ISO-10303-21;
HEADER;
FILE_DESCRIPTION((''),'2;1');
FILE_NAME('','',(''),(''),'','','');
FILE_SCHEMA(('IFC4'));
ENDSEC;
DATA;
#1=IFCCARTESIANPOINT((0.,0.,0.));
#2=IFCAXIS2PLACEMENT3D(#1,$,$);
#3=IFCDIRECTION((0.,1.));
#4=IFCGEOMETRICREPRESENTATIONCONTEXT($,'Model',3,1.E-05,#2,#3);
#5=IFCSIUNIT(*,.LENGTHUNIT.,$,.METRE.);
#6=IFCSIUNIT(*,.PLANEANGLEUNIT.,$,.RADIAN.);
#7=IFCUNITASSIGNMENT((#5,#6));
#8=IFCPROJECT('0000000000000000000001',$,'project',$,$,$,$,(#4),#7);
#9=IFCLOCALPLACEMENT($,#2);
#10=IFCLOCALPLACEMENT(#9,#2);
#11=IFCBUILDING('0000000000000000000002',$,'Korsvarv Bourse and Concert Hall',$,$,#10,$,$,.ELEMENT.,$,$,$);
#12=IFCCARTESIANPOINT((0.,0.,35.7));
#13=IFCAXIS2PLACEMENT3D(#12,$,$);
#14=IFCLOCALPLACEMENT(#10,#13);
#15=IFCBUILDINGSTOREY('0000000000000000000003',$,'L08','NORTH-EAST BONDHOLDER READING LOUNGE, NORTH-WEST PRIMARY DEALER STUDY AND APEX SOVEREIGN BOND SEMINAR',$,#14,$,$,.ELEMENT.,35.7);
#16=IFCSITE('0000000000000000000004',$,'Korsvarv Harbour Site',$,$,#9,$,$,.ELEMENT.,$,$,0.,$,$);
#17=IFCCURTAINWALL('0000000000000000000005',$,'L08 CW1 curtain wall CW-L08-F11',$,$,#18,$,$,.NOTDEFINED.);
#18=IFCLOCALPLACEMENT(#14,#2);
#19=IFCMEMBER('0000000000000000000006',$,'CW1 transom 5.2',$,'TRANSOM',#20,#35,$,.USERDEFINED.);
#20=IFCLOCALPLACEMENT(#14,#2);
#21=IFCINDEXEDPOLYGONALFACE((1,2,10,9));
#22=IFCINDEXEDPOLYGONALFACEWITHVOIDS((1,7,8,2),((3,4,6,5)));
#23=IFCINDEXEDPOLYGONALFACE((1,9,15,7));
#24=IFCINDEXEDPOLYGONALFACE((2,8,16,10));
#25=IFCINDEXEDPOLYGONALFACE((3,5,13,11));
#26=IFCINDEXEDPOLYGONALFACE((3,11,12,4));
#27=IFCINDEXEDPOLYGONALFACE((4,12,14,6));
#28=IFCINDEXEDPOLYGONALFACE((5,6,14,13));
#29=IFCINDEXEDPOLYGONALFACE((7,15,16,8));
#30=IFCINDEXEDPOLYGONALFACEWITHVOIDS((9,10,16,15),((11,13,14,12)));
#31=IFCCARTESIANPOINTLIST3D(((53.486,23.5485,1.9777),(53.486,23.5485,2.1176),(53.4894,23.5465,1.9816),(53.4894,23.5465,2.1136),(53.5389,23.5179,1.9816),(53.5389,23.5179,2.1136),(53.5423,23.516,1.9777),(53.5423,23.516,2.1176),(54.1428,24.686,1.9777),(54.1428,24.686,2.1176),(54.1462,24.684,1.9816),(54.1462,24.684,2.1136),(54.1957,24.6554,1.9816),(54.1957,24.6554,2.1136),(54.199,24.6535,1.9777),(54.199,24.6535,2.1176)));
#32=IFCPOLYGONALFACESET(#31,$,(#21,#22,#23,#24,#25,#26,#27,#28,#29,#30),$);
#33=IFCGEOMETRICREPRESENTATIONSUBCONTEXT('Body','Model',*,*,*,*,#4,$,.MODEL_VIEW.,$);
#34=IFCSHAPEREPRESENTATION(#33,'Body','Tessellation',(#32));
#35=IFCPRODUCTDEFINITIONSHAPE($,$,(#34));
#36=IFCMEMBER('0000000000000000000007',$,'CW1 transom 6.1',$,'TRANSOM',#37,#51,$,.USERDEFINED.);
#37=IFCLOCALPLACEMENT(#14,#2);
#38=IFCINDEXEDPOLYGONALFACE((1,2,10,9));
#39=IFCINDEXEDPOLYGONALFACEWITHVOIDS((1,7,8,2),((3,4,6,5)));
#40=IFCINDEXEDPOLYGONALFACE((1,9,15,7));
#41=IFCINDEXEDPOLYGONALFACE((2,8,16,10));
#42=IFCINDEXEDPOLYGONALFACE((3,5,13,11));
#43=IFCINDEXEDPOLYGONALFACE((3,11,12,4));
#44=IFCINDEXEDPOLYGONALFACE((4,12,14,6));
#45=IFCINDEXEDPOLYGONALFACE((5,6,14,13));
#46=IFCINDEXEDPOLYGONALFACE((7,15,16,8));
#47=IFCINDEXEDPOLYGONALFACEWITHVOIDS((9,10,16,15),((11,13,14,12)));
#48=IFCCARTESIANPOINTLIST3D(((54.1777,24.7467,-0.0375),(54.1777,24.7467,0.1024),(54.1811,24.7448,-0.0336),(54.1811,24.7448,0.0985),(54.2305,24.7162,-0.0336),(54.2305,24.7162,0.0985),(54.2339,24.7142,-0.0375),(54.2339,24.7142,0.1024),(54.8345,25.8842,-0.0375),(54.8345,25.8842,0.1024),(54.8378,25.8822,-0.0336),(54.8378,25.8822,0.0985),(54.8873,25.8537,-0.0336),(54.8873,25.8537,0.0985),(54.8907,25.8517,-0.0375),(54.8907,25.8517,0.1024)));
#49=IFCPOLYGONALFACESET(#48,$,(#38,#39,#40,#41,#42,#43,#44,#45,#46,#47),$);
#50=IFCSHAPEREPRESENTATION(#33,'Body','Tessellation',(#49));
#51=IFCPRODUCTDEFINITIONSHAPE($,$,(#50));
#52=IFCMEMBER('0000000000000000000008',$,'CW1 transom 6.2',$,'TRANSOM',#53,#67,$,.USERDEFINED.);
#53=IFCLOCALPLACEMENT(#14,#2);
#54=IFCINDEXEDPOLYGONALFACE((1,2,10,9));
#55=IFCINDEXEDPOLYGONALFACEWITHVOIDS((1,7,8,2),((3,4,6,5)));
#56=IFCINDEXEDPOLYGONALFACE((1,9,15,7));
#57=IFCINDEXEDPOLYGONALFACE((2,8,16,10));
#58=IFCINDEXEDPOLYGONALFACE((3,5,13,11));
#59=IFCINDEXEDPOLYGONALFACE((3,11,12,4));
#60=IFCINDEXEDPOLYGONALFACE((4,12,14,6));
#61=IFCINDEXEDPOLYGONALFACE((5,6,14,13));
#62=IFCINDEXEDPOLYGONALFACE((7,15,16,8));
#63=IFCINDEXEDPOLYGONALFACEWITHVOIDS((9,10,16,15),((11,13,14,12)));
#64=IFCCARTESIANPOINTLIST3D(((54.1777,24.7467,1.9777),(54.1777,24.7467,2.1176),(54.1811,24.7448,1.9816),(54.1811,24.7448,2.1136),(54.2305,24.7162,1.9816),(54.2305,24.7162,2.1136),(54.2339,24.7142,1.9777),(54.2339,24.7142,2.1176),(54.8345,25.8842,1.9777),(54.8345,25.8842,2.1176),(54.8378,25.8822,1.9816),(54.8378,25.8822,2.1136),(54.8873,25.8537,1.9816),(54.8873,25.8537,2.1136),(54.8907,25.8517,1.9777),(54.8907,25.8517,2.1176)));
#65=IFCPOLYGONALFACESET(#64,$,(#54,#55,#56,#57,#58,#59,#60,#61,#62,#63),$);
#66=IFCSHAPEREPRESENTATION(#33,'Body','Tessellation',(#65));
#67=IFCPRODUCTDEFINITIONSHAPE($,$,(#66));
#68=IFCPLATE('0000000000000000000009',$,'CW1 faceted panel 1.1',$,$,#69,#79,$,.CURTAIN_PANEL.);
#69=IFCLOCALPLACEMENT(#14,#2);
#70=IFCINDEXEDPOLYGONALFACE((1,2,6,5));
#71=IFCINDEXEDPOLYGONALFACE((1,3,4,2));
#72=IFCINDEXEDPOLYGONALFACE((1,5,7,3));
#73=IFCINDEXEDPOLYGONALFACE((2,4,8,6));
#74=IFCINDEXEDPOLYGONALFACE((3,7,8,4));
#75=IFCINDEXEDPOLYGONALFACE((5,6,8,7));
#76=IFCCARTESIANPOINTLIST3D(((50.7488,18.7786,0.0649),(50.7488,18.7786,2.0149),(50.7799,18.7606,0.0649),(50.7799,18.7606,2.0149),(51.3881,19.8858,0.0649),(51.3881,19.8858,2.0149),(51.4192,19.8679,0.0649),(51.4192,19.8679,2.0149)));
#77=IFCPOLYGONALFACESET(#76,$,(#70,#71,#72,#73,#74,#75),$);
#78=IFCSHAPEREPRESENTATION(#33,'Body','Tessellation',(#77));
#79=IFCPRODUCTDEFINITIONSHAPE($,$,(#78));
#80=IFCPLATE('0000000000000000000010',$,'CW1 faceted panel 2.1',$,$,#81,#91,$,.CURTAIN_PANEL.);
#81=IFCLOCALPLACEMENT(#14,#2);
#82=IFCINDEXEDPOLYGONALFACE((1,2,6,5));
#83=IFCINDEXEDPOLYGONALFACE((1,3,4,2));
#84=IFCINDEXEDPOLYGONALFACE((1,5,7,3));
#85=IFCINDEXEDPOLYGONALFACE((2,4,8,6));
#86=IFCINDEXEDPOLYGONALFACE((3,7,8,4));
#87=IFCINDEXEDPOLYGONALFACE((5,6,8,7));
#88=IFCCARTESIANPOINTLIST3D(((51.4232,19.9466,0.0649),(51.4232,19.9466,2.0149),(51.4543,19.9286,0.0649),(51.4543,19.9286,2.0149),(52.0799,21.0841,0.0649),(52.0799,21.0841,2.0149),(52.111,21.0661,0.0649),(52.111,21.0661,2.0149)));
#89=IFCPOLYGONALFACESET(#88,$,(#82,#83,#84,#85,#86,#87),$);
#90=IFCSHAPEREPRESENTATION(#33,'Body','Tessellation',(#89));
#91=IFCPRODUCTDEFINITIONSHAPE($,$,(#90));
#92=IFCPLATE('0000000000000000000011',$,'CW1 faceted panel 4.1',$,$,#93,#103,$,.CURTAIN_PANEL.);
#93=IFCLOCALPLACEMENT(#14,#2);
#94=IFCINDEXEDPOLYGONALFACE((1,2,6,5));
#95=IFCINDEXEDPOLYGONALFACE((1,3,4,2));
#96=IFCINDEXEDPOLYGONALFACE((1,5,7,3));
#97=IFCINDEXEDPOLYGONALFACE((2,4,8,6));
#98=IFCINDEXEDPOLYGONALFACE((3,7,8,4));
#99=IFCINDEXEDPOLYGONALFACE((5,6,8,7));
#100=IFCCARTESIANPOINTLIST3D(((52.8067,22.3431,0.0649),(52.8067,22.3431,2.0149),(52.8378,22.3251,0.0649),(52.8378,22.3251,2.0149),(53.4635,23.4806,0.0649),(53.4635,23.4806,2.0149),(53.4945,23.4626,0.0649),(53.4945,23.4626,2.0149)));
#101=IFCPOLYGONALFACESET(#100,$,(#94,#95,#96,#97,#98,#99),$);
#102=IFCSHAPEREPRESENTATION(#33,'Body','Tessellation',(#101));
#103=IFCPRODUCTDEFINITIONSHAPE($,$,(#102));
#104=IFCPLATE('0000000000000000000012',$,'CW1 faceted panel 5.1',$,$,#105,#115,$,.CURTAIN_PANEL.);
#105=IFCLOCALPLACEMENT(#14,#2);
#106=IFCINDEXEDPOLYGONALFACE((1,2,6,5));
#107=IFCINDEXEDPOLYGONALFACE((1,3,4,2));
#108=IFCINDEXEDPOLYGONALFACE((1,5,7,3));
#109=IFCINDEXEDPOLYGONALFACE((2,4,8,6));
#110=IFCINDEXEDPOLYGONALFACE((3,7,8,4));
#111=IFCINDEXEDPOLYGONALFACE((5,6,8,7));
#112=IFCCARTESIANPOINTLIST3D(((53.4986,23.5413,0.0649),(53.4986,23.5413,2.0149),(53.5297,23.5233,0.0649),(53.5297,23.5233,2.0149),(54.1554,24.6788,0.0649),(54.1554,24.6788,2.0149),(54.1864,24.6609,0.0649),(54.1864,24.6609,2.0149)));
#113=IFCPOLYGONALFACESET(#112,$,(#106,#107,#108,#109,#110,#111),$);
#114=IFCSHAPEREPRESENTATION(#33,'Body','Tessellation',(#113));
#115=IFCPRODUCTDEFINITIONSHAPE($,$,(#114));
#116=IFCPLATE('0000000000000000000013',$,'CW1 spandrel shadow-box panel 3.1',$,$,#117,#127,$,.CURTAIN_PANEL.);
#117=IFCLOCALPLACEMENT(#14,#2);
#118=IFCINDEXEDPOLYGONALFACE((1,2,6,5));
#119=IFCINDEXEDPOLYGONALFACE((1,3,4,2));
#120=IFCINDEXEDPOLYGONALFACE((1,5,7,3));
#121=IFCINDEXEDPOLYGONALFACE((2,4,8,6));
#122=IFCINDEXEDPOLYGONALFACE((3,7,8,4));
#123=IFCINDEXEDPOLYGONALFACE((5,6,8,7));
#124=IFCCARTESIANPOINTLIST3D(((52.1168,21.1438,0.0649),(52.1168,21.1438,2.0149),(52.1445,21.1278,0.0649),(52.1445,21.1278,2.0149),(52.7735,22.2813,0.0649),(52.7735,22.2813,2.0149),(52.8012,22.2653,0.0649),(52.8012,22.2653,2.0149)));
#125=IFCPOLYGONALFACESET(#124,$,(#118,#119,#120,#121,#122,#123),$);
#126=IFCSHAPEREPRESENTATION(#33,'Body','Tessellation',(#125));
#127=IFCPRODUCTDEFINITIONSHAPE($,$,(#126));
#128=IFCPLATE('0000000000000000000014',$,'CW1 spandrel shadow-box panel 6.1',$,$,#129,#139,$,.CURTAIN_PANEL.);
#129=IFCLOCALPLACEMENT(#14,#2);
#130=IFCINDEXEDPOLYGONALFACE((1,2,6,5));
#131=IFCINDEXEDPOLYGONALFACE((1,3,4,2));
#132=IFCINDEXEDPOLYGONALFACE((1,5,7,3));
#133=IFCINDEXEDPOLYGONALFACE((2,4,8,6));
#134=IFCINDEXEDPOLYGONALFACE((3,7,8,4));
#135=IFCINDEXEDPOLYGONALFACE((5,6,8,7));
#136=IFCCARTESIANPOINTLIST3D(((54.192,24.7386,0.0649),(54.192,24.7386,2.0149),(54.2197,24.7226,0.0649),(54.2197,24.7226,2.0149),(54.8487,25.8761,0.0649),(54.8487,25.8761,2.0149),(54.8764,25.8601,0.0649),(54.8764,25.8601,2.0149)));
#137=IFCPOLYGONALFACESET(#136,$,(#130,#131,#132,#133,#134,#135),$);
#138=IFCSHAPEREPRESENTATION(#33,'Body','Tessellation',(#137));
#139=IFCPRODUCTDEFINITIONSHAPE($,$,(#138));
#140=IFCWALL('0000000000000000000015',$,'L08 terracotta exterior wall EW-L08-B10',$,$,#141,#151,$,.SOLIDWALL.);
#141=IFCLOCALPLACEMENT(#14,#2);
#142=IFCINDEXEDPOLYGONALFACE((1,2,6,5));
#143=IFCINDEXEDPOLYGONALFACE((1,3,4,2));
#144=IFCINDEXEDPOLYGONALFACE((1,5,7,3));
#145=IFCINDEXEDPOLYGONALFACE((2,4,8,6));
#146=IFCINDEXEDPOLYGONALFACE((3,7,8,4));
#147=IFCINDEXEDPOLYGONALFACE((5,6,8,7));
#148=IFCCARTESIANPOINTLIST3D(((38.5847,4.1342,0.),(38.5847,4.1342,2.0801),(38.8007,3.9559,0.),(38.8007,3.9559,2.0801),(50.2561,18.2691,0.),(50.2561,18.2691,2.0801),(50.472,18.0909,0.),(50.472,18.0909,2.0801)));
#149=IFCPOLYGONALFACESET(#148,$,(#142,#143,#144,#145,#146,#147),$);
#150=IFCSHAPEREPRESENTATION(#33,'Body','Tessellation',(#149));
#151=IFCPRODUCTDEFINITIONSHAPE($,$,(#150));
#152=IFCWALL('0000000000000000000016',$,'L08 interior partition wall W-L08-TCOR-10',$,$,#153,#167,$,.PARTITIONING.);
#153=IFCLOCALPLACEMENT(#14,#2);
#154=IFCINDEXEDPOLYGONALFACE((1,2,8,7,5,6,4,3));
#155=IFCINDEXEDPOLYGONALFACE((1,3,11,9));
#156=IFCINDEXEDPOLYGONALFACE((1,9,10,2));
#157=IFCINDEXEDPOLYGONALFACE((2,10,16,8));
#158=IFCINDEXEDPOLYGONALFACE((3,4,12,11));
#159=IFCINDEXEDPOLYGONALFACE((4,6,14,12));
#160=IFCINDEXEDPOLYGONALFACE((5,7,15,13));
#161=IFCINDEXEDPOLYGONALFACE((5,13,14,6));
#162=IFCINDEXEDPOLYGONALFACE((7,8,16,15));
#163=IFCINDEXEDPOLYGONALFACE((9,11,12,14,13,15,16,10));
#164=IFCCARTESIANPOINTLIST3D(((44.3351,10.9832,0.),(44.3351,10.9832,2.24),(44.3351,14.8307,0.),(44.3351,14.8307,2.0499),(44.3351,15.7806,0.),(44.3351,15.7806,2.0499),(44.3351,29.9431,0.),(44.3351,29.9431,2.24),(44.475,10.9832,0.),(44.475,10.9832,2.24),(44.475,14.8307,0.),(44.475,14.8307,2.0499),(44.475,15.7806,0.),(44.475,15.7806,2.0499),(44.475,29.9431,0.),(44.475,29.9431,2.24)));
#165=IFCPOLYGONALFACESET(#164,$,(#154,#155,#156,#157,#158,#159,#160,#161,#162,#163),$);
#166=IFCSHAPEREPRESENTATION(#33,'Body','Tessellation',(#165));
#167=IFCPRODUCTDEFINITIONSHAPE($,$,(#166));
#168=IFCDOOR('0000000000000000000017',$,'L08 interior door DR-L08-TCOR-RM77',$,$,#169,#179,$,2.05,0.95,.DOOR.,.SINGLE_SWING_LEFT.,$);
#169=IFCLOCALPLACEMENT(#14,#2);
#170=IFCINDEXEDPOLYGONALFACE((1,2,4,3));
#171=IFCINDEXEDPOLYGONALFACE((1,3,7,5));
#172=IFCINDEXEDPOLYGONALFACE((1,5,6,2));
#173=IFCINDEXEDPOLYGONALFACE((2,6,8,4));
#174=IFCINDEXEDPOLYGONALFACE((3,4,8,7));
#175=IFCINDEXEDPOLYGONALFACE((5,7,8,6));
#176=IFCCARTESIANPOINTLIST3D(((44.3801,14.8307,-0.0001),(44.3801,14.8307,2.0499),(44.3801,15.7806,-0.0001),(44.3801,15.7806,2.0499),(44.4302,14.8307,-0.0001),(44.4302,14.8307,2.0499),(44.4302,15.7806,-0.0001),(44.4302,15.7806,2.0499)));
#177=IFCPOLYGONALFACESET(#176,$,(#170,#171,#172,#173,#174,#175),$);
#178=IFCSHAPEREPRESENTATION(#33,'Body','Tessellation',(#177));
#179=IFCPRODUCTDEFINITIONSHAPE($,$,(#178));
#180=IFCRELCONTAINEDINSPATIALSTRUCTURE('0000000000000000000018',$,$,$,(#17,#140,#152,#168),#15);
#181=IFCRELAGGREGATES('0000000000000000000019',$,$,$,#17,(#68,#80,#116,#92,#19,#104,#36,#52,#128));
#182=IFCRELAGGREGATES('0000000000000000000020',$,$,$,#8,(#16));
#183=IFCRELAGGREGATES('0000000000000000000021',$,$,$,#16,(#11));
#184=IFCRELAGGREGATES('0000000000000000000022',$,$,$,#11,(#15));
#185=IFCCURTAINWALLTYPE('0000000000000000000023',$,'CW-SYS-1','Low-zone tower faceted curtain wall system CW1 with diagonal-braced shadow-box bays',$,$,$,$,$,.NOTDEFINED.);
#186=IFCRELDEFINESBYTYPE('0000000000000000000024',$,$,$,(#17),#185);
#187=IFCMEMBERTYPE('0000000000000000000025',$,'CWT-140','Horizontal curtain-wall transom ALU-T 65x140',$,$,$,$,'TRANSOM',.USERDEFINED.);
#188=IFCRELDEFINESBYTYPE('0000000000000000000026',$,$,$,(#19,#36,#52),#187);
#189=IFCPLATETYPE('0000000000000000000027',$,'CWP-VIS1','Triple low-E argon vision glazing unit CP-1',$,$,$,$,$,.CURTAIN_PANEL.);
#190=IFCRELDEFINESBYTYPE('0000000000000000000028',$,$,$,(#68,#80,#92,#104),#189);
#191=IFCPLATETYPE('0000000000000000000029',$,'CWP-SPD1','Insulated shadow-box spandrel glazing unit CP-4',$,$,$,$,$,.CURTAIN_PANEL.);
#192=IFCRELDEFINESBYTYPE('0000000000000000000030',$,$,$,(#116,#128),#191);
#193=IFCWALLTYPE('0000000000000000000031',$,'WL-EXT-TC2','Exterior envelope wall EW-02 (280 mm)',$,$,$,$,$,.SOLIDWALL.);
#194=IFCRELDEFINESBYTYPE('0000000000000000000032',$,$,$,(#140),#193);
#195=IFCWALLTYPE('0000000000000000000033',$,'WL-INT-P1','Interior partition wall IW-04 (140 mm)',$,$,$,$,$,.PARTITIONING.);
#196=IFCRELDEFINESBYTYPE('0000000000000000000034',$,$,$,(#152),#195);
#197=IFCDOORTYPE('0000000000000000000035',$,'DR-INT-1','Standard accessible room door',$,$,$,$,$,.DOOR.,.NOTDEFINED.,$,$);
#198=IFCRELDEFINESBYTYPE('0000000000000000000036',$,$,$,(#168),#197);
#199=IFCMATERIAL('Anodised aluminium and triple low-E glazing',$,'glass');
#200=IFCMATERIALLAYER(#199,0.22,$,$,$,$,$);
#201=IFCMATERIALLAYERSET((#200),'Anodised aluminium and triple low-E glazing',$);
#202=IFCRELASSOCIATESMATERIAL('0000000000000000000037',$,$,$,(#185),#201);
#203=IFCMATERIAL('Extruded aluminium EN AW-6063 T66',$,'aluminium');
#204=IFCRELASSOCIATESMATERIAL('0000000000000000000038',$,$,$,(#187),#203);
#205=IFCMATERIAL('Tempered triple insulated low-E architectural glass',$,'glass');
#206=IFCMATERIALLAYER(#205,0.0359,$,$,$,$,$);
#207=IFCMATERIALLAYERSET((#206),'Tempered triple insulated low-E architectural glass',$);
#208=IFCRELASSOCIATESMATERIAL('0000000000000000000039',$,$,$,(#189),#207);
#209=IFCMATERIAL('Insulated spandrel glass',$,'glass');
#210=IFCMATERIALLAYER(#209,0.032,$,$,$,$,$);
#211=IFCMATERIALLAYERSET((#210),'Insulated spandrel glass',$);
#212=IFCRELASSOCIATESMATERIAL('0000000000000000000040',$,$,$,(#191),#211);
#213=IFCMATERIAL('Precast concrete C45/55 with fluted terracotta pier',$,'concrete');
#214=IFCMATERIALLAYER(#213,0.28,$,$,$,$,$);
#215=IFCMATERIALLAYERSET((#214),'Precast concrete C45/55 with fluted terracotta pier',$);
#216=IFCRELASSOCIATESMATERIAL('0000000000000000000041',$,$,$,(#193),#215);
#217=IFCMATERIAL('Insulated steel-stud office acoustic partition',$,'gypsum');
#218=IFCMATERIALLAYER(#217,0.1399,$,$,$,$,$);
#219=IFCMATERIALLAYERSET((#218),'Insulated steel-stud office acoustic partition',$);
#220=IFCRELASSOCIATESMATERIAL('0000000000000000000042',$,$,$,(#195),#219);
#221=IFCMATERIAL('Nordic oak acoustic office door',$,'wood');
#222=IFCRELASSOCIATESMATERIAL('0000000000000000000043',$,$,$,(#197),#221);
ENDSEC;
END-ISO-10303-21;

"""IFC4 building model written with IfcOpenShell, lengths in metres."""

from ifc_helpers import new_model, si_unit, direction, frame, frame_2d, origin, origin_2d, place, context, subcontext, project, spatial, rectangle, hollow_rectangle, extrude, source, transform, mapped, material, layer, layer_set, material_profile, profile_set, type_object, element, fill, aggregate, save


model = new_model("IFC4")

# Units and contexts
model_context = context("Model", 3, precision=1e-05, world=origin(), true_north=direction((0.0, 1.0)))
body_context = subcontext(model_context, "Body", "Model", "MODEL_VIEW")
ifc_project = project(units=[si_unit("LENGTHUNIT", "METRE"), si_unit("PLANEANGLEUNIT", "RADIAN")], contexts=[model_context])

# Site, building, storey
site_placement = place(None, origin())
site = spatial("IfcSite", under=ifc_project, at=site_placement, Name="Korsvarv Harbour Site", CompositionType="ELEMENT", RefElevation=0.0)
building_placement = place(site_placement, origin())
building = spatial("IfcBuilding", under=site, at=building_placement, Name="Korsvarv Bourse and Concert Hall", CompositionType="ELEMENT")
storey_placement = place(building_placement, frame((0.0, 0.0, 35.7)))
storey = spatial("IfcBuildingStorey", under=building, at=storey_placement, Name="L08", Description="NORTH-EAST BONDHOLDER READING LOUNGE, NORTH-WEST PRIMARY DEALER STUDY AND APEX SOVEREIGN BOND SEMINAR", CompositionType="ELEMENT", Elevation=35.7)

# Curtain wall, members, plates
ifc_material_1 = material(Name="Anodised aluminium and triple low-E glazing", Category="glass")
ifc_layer_1 = layer(ifc_material_1, 0.22)
ifc_layer_set_1 = layer_set([ifc_layer_1], Name="Anodised aluminium and triple low-E glazing")
curtain_wall_type = type_object("IfcCurtainWallType", Name="CW-SYS-1", Description="Low-zone tower faceted curtain wall system CW1 with diagonal-braced shadow-box bays", PredefinedType="NOTDEFINED", material=ifc_layer_set_1)
curtain_wall_placement = place(storey_placement, origin())
curtain_wall = element("IfcCurtainWall", 1, at=curtain_wall_placement, inside=storey, type_object=curtain_wall_type, Name="L08 CW1 curtain wall CW-L08-F11", PredefinedType="NOTDEFINED")
ifc_material_2 = material(Name="Extruded aluminium EN AW-6063 T66", Category="aluminium")
ifc_material_profile_1 = material_profile(ifc_material_2, hollow_rectangle(XDim=0.0649, YDim=0.1399, WallThickness=0.0039, at=origin_2d()), Name="ALU-T 65x140")
ifc_profile_set_1 = profile_set([ifc_material_profile_1], Name="Extruded aluminium EN AW-6063 T66")
member_type_1 = type_object("IfcMemberType", Name="CWT-140", Description="Horizontal curtain-wall transom ALU-T 65x140", ElementType="TRANSOM", PredefinedType="USERDEFINED", material=ifc_profile_set_1)
shared_shape_1 = source(origin(), body_context, "Body", "SweptSolid", [
    extrude(hollow_rectangle(XDim=0.0649, YDim=0.1399, WallThickness=0.0039, at=origin_2d()), origin(), (0.0, 0.0, 1.0), 1.3135),
])
member_1_placement = place(storey_placement, frame((53.5142, 23.5322, 2.0476), z_axis=(0.500017, 0.866015, 0.0), x_axis=(-0.866015, 0.500017, 0.0)))
member_1 = element("IfcMember", 2, at=member_1_placement, type_object=member_type_1, Name="CW1 transom 5.2", ObjectType="TRANSOM", PredefinedType="USERDEFINED", context=body_context, shape_type="MappedRepresentation", body=[
    mapped(shared_shape_1, transform((0.0, 0.0, 0.0), scale=1.0)),
])
member_2_placement = place(storey_placement, frame((54.2058, 24.7305, 0.0325), z_axis=(0.500017, 0.866015, 0.0), x_axis=(-0.866015, 0.500017, 0.0)))
member_2 = element("IfcMember", 3, at=member_2_placement, type_object=member_type_1, Name="CW1 transom 6.1", ObjectType="TRANSOM", PredefinedType="USERDEFINED", context=body_context, shape_type="MappedRepresentation", body=[
    mapped(shared_shape_1, transform((0.0, 0.0, 0.0), scale=1.0)),
])
member_3_placement = place(storey_placement, frame((54.2058, 24.7305, 2.0476), z_axis=(0.500017, 0.866015, 0.0), x_axis=(-0.866015, 0.500017, 0.0)))
member_3 = element("IfcMember", 4, at=member_3_placement, type_object=member_type_1, Name="CW1 transom 6.2", ObjectType="TRANSOM", PredefinedType="USERDEFINED", context=body_context, shape_type="MappedRepresentation", body=[
    mapped(shared_shape_1, transform((0.0, 0.0, 0.0), scale=1.0)),
])
ifc_material_3 = material(Name="Tempered triple insulated low-E architectural glass", Category="glass")
ifc_layer_2 = layer(ifc_material_3, 0.0359)
ifc_layer_set_2 = layer_set([ifc_layer_2], Name="Tempered triple insulated low-E architectural glass")
plate_type_1 = type_object("IfcPlateType", Name="CWP-VIS1", Description="Triple low-E argon vision glazing unit CP-1", PredefinedType="CURTAIN_PANEL", material=ifc_layer_set_2)
shared_shape_2 = source(origin(), body_context, "Body", "SweptSolid", [
    extrude(rectangle(XDim=1.2786, YDim=0.0359, at=origin_2d()), origin(), (0.0, 0.0, 1.0), 1.95),
])
plate_1_placement = place(storey_placement, frame((51.084, 19.3232, 0.0649), z_axis=(0.0, 0.0, 1.0), x_axis=(0.5, 0.866026, 0.0)))
plate_1 = element("IfcPlate", 5, at=plate_1_placement, type_object=plate_type_1, Name="CW1 faceted panel 1.1", PredefinedType="CURTAIN_PANEL", context=body_context, shape_type="MappedRepresentation", body=[
    mapped(shared_shape_2, transform((0.0, 0.0, 0.0), scale=1.0)),
])
shared_shape_3 = source(origin(), body_context, "Body", "SweptSolid", [
    extrude(rectangle(XDim=1.3135, YDim=0.0359, at=origin_2d()), origin(), (0.0, 0.0, 1.0), 1.95),
])
plate_2_placement = place(storey_placement, frame((51.7671, 20.5063, 0.0649), z_axis=(0.0, 0.0, 1.0), x_axis=(0.5, 0.866026, 0.0)))
plate_2 = element("IfcPlate", 6, at=plate_2_placement, type_object=plate_type_1, Name="CW1 faceted panel 2.1", PredefinedType="CURTAIN_PANEL", context=body_context, shape_type="MappedRepresentation", body=[
    mapped(shared_shape_3, transform((0.0, 0.0, 0.0), scale=1.0)),
])
plate_3_placement = place(storey_placement, frame((53.1506, 22.9028, 0.0649), z_axis=(0.0, 0.0, 1.0), x_axis=(0.5, 0.866026, 0.0)))
plate_3 = element("IfcPlate", 7, at=plate_3_placement, type_object=plate_type_1, Name="CW1 faceted panel 4.1", PredefinedType="CURTAIN_PANEL", context=body_context, shape_type="MappedRepresentation", body=[
    mapped(shared_shape_3, transform((0.0, 0.0, 0.0), scale=1.0)),
])
plate_4_placement = place(storey_placement, frame((53.8425, 24.1011, 0.0649), z_axis=(0.0, 0.0, 1.0), x_axis=(0.5, 0.866026, 0.0)))
plate_4 = element("IfcPlate", 8, at=plate_4_placement, type_object=plate_type_1, Name="CW1 faceted panel 5.1", PredefinedType="CURTAIN_PANEL", context=body_context, shape_type="MappedRepresentation", body=[
    mapped(shared_shape_3, transform((0.0, 0.0, 0.0), scale=1.0)),
])
ifc_material_4 = material(Name="Insulated spandrel glass", Category="glass")
ifc_layer_3 = layer(ifc_material_4, 0.032)
ifc_layer_set_3 = layer_set([ifc_layer_3], Name="Insulated spandrel glass")
plate_type_2 = type_object("IfcPlateType", Name="CWP-SPD1", Description="Insulated shadow-box spandrel glazing unit CP-4", PredefinedType="CURTAIN_PANEL", material=ifc_layer_set_3)
shared_shape_4 = source(origin(), body_context, "Body", "SweptSolid", [
    extrude(rectangle(XDim=1.3135, YDim=0.032, at=origin_2d()), origin(), (0.0, 0.0, 1.0), 1.95),
])
plate_5_placement = place(storey_placement, frame((52.459, 21.7046, 0.0649), z_axis=(0.0, 0.0, 1.0), x_axis=(0.5, 0.866026, 0.0)))
plate_5 = element("IfcPlate", 9, at=plate_5_placement, type_object=plate_type_2, Name="CW1 spandrel shadow-box panel 3.1", PredefinedType="CURTAIN_PANEL", context=body_context, shape_type="MappedRepresentation", body=[
    mapped(shared_shape_4, transform((0.0, 0.0, 0.0), scale=1.0)),
])
plate_6_placement = place(storey_placement, frame((54.5342, 25.2993, 0.0649), z_axis=(0.0, 0.0, 1.0), x_axis=(0.5, 0.866026, 0.0)))
plate_6 = element("IfcPlate", 10, at=plate_6_placement, type_object=plate_type_2, Name="CW1 spandrel shadow-box panel 6.1", PredefinedType="CURTAIN_PANEL", context=body_context, shape_type="MappedRepresentation", body=[
    mapped(shared_shape_4, transform((0.0, 0.0, 0.0), scale=1.0)),
])
aggregate(curtain_wall, [plate_1, plate_2, plate_5, plate_3, member_1, plate_4, member_2, member_3, plate_6])

# Wall
ifc_material_5 = material(Name="Precast concrete C45/55 with fluted terracotta pier", Category="concrete")
ifc_layer_4 = layer(ifc_material_5, 0.28)
ifc_layer_set_4 = layer_set([ifc_layer_4], Name="Precast concrete C45/55 with fluted terracotta pier")
wall_type_1 = type_object("IfcWallType", Name="WL-EXT-TC2", Description="Exterior envelope wall EW-02 (280 mm)", PredefinedType="SOLIDWALL", material=ifc_layer_set_4)
wall_1_placement = place(storey_placement, frame((38.6926, 4.0449, 0.0), z_axis=(0.0, 0.0, 1.0), x_axis=(0.636708, 0.771105, 0.0)))
element("IfcWall", 11, at=wall_1_placement, inside=storey, type_object=wall_type_1, Name="L08 terracotta exterior wall EW-L08-B10", PredefinedType="SOLIDWALL", context=body_context, shape_type="SweptSolid", body=[
    extrude(rectangle(XDim=18.3308, YDim=0.28, at=frame_2d((9.1655, 0.0))), origin(), (0.0, 0.0, 1.0), 2.0801),
])

# Wall, opening, door
ifc_material_6 = material(Name="Insulated steel-stud office acoustic partition", Category="gypsum")
ifc_layer_5 = layer(ifc_material_6, 0.1399)
ifc_layer_set_5 = layer_set([ifc_layer_5], Name="Insulated steel-stud office acoustic partition")
wall_type_2 = type_object("IfcWallType", Name="WL-INT-P1", Description="Interior partition wall IW-04 (140 mm)", PredefinedType="PARTITIONING", material=ifc_layer_set_5)
wall_2_placement = place(storey_placement, frame((44.405, 10.9832, 0.0), z_axis=(0.0, 0.0, 1.0), x_axis=(0.0, 1.0, 0.0)))
wall_2 = element("IfcWall", 12, at=wall_2_placement, inside=storey, type_object=wall_type_2, Name="L08 interior partition wall W-L08-TCOR-10", PredefinedType="PARTITIONING", context=body_context, shape_type="SweptSolid", body=[
    extrude(rectangle(XDim=18.96, YDim=0.1399, at=frame_2d((9.48, 0.0))), origin(), (0.0, 0.0, 1.0), 2.24),
])
opening_placement = place(wall_2_placement, frame((3.8474, 0.0, 0.0)))
opening = element("IfcOpeningElement", 13, at=opening_placement, cuts=wall_2, PredefinedType="OPENING", context=body_context, shape_type="SweptSolid", body=[
    extrude(rectangle(XDim=0.95, YDim=2.05, at=frame_2d((0.4751, 1.0249))), frame((0.0, 0.0801, 0.0), z_axis=(0.0, -1.0, 0.0), x_axis=(1.0, 0.0, 0.0)), (0.0, 0.0, 1.0), 0.1599),
])
ifc_material_7 = material(Name="Nordic oak acoustic office door", Category="wood")
door_type = type_object("IfcDoorType", Name="DR-INT-1", Description="Standard accessible room door", OperationType="NOTDEFINED", PredefinedType="DOOR", material=ifc_material_7)
door_placement = place(opening_placement, origin())
door = element("IfcDoor", 14, at=door_placement, inside=storey, type_object=door_type, Name="L08 interior door DR-L08-TCOR-RM77", OperationType="SINGLE_SWING_LEFT", OverallHeight=2.05, OverallWidth=0.95, PredefinedType="DOOR", context=body_context, shape_type="SweptSolid", body=[
    extrude(rectangle(XDim=0.95, YDim=2.05, at=frame_2d((0.4751, 1.0249))), frame((0.0, 0.0249, 0.0), z_axis=(0.0, -1.0, 0.0), x_axis=(1.0, 0.0, 0.0)), (0.0, 0.0, 1.0), 0.05),
])
fill(opening, door)

save(model, "model.ifc")
